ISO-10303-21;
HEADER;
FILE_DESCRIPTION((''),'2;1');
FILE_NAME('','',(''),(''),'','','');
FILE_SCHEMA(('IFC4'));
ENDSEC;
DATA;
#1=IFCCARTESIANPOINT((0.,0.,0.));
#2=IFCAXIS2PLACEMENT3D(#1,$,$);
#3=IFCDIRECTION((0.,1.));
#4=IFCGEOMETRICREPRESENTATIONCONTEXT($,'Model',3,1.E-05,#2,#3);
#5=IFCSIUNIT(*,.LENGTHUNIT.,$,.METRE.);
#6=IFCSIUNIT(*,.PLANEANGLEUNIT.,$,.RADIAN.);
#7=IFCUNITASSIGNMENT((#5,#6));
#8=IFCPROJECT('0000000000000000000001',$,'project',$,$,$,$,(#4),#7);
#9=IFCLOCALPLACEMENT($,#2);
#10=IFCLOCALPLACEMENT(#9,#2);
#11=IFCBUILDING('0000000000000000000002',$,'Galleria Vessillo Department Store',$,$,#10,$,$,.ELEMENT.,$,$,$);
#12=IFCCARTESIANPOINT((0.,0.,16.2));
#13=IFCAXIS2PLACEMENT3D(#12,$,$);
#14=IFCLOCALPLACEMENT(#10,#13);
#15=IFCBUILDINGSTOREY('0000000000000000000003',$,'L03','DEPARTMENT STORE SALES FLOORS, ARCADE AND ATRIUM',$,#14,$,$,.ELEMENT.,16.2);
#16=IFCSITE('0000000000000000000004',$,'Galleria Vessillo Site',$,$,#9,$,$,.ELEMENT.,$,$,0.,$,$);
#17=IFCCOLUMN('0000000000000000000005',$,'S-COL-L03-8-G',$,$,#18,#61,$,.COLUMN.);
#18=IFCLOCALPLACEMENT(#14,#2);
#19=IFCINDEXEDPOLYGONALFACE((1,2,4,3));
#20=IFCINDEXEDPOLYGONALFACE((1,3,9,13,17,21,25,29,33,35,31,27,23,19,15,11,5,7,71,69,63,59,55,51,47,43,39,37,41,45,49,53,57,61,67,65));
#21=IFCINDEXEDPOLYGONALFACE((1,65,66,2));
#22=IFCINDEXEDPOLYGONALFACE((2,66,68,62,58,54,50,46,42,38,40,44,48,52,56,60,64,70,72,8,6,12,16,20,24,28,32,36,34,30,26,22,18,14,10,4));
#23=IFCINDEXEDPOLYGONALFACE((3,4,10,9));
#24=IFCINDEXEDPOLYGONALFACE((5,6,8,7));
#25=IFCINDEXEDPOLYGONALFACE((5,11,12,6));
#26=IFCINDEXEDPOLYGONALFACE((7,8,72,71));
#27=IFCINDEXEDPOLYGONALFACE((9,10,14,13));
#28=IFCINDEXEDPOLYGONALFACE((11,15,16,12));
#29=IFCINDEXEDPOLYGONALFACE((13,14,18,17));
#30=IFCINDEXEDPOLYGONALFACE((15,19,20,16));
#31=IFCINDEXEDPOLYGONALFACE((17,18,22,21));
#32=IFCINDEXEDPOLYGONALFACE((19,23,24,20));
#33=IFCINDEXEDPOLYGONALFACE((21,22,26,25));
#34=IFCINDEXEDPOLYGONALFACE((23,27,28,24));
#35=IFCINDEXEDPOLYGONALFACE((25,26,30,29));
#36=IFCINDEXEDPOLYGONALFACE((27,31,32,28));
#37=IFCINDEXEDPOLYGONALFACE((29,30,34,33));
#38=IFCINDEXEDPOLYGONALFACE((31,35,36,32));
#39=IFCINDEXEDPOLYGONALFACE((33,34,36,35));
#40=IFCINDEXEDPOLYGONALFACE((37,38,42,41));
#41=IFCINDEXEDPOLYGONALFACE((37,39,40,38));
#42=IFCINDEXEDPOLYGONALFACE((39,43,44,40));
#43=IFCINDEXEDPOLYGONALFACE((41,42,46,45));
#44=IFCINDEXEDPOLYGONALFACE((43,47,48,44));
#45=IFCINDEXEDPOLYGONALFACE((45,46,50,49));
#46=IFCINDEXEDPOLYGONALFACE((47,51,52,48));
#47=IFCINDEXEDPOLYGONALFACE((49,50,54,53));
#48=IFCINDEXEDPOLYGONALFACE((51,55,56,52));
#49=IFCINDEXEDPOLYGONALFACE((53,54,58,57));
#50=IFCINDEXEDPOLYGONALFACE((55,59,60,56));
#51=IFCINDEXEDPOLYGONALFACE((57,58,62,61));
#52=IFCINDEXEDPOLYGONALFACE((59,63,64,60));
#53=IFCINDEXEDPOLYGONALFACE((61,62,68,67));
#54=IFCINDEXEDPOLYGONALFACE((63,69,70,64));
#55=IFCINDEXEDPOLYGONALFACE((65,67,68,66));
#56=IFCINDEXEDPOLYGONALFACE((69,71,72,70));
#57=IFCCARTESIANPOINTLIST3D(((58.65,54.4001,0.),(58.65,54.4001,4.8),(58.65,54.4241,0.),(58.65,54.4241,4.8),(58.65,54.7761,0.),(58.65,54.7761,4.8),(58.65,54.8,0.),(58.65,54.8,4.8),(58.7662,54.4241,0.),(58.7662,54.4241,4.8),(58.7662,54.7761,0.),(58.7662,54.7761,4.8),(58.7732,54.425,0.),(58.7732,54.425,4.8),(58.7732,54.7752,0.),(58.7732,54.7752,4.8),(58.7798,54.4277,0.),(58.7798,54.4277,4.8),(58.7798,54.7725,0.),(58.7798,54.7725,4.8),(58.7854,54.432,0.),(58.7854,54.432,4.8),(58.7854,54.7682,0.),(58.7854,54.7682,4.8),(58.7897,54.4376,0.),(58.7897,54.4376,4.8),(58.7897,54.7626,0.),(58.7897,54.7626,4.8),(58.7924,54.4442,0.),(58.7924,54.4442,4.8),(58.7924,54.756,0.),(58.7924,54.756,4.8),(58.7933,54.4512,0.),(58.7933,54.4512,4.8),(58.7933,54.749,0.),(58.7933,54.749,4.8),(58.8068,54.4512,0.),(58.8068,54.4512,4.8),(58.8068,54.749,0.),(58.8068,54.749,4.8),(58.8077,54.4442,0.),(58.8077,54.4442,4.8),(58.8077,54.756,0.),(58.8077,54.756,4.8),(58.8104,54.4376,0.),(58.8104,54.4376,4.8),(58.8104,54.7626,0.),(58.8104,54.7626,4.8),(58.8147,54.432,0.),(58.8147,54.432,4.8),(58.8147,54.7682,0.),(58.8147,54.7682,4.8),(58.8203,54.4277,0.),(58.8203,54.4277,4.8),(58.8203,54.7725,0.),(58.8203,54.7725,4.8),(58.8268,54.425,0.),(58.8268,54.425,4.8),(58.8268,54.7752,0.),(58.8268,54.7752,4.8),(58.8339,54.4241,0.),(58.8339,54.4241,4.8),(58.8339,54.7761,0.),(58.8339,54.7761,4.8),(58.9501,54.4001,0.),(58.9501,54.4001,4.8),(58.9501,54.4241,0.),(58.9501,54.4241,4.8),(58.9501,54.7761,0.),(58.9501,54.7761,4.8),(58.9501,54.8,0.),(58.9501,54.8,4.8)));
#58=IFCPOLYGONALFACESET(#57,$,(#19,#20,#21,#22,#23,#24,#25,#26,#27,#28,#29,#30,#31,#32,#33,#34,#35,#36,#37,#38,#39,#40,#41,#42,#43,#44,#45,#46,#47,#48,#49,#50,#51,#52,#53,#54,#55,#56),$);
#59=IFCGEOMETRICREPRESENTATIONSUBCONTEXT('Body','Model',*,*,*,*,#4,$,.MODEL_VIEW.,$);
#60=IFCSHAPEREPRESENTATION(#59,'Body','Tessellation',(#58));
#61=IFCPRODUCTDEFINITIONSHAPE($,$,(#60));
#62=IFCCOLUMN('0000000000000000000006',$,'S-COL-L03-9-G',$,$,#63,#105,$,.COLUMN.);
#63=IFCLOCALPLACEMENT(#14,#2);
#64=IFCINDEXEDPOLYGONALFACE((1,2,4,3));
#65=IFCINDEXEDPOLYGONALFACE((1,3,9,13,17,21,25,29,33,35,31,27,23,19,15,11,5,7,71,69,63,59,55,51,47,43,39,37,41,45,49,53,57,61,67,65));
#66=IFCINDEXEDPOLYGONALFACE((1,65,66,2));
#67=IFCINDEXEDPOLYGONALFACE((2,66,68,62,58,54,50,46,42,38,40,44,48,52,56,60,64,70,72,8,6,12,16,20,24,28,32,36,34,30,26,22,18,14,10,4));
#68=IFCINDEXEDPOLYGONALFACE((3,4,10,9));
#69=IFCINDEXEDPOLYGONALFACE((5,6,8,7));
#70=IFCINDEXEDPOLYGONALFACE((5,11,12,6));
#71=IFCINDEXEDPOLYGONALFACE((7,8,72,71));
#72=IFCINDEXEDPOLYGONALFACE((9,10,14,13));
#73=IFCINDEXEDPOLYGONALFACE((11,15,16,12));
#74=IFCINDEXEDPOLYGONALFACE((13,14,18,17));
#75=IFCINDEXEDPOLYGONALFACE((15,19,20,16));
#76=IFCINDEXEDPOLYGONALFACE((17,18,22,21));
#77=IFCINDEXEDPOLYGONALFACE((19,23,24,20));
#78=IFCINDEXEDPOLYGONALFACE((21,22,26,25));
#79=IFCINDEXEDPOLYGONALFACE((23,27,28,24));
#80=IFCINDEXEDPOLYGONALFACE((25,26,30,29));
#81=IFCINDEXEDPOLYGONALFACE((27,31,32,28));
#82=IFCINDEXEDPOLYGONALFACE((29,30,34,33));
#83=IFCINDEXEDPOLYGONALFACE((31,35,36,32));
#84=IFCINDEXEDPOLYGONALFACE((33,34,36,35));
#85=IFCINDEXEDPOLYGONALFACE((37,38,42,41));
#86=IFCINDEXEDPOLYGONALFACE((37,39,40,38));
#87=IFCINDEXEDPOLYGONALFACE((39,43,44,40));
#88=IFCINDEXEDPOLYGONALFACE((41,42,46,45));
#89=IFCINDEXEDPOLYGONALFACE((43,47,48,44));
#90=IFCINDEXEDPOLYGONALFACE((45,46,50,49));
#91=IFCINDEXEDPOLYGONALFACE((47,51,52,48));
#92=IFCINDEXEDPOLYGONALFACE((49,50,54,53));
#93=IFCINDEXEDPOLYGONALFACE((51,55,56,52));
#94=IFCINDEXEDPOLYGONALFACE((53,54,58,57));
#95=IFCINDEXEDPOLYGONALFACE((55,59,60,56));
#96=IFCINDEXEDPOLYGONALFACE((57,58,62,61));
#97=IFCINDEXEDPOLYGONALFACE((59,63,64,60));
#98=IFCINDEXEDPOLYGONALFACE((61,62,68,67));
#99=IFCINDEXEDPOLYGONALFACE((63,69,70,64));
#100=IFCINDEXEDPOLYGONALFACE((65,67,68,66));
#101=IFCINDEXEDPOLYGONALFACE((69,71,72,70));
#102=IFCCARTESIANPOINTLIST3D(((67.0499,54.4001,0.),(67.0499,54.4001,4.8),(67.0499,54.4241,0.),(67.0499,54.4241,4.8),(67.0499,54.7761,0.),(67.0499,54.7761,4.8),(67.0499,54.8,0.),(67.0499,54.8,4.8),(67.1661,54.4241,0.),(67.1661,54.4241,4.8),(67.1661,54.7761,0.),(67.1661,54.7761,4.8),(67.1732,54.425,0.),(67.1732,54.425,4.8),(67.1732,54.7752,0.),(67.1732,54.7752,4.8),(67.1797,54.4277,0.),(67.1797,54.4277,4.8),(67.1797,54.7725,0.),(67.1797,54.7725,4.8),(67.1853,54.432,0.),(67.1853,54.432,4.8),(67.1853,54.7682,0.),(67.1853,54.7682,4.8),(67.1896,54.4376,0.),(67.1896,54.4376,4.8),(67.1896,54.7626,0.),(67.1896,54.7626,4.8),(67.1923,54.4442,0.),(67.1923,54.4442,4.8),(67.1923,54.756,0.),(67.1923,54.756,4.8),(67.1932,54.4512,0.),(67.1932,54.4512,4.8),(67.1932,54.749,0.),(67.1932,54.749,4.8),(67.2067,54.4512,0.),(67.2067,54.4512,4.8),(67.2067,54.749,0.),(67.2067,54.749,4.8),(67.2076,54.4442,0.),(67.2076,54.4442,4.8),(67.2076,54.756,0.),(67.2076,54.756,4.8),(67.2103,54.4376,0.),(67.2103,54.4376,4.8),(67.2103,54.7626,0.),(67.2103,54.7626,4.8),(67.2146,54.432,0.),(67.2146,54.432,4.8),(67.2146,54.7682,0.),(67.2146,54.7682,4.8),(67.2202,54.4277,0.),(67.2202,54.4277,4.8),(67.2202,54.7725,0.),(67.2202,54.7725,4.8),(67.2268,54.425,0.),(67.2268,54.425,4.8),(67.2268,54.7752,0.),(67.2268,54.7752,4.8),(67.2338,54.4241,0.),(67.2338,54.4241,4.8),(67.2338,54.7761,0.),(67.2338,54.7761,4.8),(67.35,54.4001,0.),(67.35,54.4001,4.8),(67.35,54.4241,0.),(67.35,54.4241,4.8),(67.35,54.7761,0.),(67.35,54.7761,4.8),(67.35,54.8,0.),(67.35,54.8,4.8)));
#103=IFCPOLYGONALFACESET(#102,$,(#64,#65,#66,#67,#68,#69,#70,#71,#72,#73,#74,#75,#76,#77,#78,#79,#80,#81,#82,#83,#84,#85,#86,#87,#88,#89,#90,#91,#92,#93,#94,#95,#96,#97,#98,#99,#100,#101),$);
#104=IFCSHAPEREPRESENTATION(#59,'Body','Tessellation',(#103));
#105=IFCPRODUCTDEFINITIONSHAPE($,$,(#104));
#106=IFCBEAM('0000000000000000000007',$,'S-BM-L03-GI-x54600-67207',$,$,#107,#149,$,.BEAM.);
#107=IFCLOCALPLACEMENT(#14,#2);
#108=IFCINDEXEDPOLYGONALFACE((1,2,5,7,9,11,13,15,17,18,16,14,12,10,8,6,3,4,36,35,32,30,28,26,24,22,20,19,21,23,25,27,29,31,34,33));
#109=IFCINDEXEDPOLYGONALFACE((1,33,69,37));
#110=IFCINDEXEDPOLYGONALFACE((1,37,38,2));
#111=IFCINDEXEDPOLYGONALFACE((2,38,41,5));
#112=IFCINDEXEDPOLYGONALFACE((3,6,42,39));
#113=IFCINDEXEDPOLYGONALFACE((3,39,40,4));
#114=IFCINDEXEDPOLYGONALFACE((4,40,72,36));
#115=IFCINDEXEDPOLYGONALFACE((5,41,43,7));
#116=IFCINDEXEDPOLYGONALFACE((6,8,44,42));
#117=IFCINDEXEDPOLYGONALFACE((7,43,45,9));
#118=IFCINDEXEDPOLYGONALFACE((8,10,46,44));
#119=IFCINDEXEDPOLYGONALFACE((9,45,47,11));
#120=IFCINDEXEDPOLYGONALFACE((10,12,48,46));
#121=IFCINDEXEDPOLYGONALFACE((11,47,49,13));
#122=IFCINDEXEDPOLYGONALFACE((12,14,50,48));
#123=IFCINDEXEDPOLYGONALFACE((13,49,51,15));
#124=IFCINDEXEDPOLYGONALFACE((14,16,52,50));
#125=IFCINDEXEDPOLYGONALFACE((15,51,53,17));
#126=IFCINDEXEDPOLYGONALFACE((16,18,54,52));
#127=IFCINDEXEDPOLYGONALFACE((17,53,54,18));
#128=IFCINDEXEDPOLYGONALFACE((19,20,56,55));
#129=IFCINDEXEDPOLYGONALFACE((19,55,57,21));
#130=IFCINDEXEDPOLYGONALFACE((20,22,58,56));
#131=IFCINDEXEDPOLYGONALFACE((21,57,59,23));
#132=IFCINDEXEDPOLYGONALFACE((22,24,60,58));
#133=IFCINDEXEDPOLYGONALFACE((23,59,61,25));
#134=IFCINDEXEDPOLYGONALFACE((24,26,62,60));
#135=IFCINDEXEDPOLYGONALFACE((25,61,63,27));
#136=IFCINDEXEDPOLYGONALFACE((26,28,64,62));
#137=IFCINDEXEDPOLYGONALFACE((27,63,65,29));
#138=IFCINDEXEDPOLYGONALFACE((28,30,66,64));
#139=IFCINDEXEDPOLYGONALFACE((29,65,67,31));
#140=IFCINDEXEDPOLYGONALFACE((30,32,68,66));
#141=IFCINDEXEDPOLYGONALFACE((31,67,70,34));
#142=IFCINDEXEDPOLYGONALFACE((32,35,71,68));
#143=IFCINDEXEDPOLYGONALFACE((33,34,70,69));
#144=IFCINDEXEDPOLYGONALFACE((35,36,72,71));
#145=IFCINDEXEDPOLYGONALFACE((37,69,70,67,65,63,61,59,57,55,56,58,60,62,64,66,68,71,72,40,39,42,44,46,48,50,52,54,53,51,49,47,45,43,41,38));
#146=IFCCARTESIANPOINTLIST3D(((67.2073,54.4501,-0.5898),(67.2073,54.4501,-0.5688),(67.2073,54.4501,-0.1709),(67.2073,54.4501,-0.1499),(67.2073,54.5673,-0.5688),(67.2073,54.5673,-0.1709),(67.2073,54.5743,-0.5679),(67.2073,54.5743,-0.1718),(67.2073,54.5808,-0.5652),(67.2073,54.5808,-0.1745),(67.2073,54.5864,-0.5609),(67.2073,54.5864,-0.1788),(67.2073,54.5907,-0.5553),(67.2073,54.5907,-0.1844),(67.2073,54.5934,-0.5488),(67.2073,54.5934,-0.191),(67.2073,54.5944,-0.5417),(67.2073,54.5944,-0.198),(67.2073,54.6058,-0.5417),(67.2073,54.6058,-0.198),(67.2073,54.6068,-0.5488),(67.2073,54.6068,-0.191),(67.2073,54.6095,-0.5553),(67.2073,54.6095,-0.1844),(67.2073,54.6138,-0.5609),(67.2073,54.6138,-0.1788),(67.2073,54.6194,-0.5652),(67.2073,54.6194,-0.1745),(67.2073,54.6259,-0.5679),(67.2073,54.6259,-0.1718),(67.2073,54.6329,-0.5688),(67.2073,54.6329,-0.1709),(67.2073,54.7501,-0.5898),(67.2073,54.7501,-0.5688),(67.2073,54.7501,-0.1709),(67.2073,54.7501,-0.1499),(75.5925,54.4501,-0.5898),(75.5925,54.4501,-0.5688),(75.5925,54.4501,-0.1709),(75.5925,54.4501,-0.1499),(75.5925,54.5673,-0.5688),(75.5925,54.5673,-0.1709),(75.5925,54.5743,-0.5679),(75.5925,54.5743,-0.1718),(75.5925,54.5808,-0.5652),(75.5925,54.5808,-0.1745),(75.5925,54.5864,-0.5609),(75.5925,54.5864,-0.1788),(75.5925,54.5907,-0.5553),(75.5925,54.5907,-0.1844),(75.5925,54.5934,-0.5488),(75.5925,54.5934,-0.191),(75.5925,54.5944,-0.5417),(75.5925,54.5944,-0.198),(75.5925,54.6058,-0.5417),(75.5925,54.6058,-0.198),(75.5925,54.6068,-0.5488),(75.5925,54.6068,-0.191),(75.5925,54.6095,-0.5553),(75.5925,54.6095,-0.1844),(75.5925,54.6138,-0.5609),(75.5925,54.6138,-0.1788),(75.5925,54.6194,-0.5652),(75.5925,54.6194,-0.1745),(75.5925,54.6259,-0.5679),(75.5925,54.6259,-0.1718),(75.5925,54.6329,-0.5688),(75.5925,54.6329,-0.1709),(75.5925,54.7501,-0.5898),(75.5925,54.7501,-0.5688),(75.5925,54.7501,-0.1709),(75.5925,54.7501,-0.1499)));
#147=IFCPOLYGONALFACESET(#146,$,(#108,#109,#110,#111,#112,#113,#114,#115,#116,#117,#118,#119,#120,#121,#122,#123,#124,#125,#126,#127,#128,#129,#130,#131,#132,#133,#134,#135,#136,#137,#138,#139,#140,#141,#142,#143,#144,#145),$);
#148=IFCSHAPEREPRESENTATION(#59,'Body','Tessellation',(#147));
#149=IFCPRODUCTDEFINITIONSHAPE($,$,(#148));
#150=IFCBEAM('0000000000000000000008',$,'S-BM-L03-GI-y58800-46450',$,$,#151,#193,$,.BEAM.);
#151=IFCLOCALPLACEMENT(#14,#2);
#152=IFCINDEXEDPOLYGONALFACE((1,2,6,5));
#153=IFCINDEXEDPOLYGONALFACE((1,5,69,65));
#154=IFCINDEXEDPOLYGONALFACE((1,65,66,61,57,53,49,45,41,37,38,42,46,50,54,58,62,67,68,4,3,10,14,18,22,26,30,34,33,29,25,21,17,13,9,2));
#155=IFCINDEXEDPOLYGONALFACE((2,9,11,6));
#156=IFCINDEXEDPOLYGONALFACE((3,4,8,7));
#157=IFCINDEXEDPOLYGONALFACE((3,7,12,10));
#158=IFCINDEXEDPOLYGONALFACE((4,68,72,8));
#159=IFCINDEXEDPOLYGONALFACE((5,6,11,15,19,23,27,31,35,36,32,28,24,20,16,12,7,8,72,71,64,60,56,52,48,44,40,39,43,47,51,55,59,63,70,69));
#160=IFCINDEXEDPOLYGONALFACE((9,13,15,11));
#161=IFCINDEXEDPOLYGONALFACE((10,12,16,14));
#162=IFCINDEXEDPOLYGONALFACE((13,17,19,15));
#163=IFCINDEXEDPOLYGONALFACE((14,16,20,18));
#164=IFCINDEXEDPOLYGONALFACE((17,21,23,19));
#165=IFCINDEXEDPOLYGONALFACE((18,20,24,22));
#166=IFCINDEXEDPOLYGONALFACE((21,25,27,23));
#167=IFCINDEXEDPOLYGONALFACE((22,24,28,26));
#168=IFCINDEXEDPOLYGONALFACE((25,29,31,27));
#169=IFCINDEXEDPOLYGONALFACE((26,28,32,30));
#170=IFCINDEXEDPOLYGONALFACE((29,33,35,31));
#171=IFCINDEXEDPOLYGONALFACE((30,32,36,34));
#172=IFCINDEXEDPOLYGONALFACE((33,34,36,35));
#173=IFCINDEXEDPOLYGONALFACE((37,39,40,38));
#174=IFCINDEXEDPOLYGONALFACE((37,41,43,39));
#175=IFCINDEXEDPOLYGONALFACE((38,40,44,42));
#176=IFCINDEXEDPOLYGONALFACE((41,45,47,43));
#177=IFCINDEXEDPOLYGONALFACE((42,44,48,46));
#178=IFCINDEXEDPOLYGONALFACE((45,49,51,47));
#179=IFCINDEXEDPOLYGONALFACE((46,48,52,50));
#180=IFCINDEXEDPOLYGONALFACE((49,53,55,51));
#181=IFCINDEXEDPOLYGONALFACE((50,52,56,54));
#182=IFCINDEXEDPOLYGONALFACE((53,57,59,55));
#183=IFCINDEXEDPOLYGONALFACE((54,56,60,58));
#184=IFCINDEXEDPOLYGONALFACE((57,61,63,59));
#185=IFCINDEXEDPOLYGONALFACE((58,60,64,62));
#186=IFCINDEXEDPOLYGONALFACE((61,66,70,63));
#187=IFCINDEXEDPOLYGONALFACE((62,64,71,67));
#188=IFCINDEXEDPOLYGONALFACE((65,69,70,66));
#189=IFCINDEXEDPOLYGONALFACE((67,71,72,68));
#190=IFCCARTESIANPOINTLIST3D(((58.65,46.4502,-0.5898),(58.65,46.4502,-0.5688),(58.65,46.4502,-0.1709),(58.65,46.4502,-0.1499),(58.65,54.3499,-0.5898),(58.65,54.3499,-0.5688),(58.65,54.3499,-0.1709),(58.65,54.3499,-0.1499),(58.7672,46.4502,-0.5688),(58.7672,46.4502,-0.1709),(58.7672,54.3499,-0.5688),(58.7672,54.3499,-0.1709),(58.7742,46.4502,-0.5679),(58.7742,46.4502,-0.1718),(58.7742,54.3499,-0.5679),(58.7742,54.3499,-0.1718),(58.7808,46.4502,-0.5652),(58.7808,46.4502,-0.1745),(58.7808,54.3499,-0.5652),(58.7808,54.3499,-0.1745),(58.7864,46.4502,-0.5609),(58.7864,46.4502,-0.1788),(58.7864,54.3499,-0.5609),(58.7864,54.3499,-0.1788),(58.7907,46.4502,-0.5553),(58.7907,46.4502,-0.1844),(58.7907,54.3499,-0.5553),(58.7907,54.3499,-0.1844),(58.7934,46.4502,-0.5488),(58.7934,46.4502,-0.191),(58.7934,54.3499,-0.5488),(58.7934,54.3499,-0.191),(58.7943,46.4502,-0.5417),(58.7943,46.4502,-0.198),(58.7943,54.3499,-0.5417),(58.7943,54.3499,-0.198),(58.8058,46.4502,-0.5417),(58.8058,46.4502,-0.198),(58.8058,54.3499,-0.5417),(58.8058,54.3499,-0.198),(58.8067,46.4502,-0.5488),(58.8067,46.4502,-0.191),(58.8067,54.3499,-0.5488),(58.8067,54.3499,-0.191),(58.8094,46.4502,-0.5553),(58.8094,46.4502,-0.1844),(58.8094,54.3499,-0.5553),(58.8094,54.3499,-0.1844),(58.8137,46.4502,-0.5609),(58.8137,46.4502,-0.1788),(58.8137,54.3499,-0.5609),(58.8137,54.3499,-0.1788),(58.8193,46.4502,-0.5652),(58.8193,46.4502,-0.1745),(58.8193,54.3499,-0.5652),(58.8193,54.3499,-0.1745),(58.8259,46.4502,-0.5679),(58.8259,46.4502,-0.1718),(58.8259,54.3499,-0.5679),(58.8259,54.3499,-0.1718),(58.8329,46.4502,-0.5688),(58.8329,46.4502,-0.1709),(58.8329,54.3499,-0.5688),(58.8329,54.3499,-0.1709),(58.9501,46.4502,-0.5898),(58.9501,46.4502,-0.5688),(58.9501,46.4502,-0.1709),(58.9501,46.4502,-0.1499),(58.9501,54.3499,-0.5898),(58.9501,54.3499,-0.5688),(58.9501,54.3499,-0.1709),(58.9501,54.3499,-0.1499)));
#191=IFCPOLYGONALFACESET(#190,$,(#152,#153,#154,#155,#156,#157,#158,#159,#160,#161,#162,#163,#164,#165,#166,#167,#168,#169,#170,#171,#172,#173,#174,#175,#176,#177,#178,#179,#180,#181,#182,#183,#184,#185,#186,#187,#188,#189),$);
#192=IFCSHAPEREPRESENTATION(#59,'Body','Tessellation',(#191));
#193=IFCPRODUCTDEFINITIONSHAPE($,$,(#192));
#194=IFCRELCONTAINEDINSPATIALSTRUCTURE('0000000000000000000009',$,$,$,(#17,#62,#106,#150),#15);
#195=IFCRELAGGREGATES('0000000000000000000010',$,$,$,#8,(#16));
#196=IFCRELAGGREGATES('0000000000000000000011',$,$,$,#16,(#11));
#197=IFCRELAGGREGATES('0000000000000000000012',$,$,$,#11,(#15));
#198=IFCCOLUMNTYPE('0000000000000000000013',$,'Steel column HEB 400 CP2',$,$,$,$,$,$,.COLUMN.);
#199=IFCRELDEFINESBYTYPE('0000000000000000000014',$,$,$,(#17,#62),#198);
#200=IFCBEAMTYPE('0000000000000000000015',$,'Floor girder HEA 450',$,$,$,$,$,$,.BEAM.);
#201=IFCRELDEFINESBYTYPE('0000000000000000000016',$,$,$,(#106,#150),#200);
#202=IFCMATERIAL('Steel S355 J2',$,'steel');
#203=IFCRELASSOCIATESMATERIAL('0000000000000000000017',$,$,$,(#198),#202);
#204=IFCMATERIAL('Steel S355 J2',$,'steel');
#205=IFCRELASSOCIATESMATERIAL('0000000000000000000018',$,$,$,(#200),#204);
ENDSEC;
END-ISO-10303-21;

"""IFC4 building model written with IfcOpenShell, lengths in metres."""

from ifc_helpers import new_model, si_unit, direction, frame, origin, origin_2d, place, context, subcontext, project, spatial, i_section, extrude, material, material_profile, profile_set, type_object, element, save


model = new_model("IFC4")

# Units and contexts
model_context = context("Model", 3, precision=1e-05, world=origin(), true_north=direction((0.0, 1.0)))
body_context = subcontext(model_context, "Body", "Model", "MODEL_VIEW")
ifc_project = project(units=[si_unit("LENGTHUNIT", "METRE"), si_unit("PLANEANGLEUNIT", "RADIAN")], contexts=[model_context])

# Site, building, storey
site_placement = place(None, origin())
site = spatial("IfcSite", under=ifc_project, at=site_placement, Name="Galleria Vessillo Site", CompositionType="ELEMENT", RefElevation=0.0)
building_placement = place(site_placement, origin())
building = spatial("IfcBuilding", under=site, at=building_placement, Name="Galleria Vessillo Department Store", CompositionType="ELEMENT")
storey_placement = place(building_placement, frame((0.0, 0.0, 16.2)))
storey = spatial("IfcBuildingStorey", under=building, at=storey_placement, Name="L03", Description="DEPARTMENT STORE SALES FLOORS, ARCADE AND ATRIUM", CompositionType="ELEMENT", Elevation=16.2)

# Columns
ifc_material_1 = material(Name="Steel S355 J2", Category="steel")
ifc_material_profile_1 = material_profile(ifc_material_1, i_section(OverallWidth=0.3, OverallDepth=0.3999, WebThickness=0.0134, FlangeThickness=0.0239, FilletRadius=0.0271, at=origin_2d()), Name="HEB 400")
ifc_profile_set_1 = profile_set([ifc_material_profile_1], Name="Steel S355 J2")
column_type = type_object("IfcColumnType", Name="Steel column HEB 400 CP2", PredefinedType="COLUMN", material=ifc_profile_set_1)
for number, where, z_axis, x_axis, name in (
    (1, (58.8, 54.6001, 0.0), (0.0, 0.0, 1.0), (1.0, 0.0, 0.0), "S-COL-L03-8-G"),
    (2, (67.2, 54.6001, 0.0), (0.0, 0.0, 1.0), (1.0, 0.0, 0.0), "S-COL-L03-9-G"),
):
    element("IfcColumn", number, at=place(storey_placement, frame(where, z_axis=z_axis, x_axis=x_axis)), inside=storey, type_object=column_type, Name=name, PredefinedType="COLUMN", context=body_context, shape_type="SweptSolid", body=[
        extrude(i_section(OverallWidth=0.3, OverallDepth=0.3999, WebThickness=0.0134, FlangeThickness=0.0239, FilletRadius=0.0271, at=origin_2d()), origin(), (0.0, 0.0, 1.0), 4.8),
    ])

# Beams
ifc_material_2 = material(Name="Steel S355 J2", Category="steel")
ifc_material_profile_2 = material_profile(ifc_material_2, i_section(OverallWidth=0.3, OverallDepth=0.4399, WebThickness=0.0115, FlangeThickness=0.021, FilletRadius=0.0271, at=origin_2d()), Name="HEA 450")
ifc_profile_set_2 = profile_set([ifc_material_profile_2], Name="Steel S355 J2")
beam_type_1 = type_object("IfcBeamType", Name="Floor girder HEA 450", PredefinedType="BEAM", material=ifc_profile_set_2)
beam_1_placement = place(storey_placement, frame((67.2073, 54.6001, -0.3699), z_axis=(1.0, 0.0, 0.0), x_axis=(0.0, 1.0, 0.0)))
element("IfcBeam", 3, at=beam_1_placement, inside=storey, type_object=beam_type_1, Name="S-BM-L03-GI-x54600-67207", PredefinedType="BEAM", context=body_context, shape_type="SweptSolid", body=[
    extrude(i_section(OverallWidth=0.3, OverallDepth=0.4399, WebThickness=0.0115, FlangeThickness=0.021, FilletRadius=0.0271, at=origin_2d()), origin(), (0.0, 0.0, 1.0), 8.3853),
])
for number, where, z_axis, x_axis, name in (
    (4, (58.8, 46.4502, -0.3699), (0.0, 1.0, 0.0), (-1.0, 0.0, 0.0), "S-BM-L03-GI-y58800-46450"),
):
    element("IfcBeam", number, at=place(storey_placement, frame(where, z_axis=z_axis, x_axis=x_axis)), inside=storey, type_object=beam_type_1, Name=name, PredefinedType="BEAM", context=body_context, shape_type="SweptSolid", body=[
        extrude(i_section(OverallWidth=0.3, OverallDepth=0.4399, WebThickness=0.0115, FlangeThickness=0.021, FilletRadius=0.0271, at=origin_2d()), origin(), (0.0, 0.0, 1.0), 7.8997),
    ])

save(model, "model.ifc")
